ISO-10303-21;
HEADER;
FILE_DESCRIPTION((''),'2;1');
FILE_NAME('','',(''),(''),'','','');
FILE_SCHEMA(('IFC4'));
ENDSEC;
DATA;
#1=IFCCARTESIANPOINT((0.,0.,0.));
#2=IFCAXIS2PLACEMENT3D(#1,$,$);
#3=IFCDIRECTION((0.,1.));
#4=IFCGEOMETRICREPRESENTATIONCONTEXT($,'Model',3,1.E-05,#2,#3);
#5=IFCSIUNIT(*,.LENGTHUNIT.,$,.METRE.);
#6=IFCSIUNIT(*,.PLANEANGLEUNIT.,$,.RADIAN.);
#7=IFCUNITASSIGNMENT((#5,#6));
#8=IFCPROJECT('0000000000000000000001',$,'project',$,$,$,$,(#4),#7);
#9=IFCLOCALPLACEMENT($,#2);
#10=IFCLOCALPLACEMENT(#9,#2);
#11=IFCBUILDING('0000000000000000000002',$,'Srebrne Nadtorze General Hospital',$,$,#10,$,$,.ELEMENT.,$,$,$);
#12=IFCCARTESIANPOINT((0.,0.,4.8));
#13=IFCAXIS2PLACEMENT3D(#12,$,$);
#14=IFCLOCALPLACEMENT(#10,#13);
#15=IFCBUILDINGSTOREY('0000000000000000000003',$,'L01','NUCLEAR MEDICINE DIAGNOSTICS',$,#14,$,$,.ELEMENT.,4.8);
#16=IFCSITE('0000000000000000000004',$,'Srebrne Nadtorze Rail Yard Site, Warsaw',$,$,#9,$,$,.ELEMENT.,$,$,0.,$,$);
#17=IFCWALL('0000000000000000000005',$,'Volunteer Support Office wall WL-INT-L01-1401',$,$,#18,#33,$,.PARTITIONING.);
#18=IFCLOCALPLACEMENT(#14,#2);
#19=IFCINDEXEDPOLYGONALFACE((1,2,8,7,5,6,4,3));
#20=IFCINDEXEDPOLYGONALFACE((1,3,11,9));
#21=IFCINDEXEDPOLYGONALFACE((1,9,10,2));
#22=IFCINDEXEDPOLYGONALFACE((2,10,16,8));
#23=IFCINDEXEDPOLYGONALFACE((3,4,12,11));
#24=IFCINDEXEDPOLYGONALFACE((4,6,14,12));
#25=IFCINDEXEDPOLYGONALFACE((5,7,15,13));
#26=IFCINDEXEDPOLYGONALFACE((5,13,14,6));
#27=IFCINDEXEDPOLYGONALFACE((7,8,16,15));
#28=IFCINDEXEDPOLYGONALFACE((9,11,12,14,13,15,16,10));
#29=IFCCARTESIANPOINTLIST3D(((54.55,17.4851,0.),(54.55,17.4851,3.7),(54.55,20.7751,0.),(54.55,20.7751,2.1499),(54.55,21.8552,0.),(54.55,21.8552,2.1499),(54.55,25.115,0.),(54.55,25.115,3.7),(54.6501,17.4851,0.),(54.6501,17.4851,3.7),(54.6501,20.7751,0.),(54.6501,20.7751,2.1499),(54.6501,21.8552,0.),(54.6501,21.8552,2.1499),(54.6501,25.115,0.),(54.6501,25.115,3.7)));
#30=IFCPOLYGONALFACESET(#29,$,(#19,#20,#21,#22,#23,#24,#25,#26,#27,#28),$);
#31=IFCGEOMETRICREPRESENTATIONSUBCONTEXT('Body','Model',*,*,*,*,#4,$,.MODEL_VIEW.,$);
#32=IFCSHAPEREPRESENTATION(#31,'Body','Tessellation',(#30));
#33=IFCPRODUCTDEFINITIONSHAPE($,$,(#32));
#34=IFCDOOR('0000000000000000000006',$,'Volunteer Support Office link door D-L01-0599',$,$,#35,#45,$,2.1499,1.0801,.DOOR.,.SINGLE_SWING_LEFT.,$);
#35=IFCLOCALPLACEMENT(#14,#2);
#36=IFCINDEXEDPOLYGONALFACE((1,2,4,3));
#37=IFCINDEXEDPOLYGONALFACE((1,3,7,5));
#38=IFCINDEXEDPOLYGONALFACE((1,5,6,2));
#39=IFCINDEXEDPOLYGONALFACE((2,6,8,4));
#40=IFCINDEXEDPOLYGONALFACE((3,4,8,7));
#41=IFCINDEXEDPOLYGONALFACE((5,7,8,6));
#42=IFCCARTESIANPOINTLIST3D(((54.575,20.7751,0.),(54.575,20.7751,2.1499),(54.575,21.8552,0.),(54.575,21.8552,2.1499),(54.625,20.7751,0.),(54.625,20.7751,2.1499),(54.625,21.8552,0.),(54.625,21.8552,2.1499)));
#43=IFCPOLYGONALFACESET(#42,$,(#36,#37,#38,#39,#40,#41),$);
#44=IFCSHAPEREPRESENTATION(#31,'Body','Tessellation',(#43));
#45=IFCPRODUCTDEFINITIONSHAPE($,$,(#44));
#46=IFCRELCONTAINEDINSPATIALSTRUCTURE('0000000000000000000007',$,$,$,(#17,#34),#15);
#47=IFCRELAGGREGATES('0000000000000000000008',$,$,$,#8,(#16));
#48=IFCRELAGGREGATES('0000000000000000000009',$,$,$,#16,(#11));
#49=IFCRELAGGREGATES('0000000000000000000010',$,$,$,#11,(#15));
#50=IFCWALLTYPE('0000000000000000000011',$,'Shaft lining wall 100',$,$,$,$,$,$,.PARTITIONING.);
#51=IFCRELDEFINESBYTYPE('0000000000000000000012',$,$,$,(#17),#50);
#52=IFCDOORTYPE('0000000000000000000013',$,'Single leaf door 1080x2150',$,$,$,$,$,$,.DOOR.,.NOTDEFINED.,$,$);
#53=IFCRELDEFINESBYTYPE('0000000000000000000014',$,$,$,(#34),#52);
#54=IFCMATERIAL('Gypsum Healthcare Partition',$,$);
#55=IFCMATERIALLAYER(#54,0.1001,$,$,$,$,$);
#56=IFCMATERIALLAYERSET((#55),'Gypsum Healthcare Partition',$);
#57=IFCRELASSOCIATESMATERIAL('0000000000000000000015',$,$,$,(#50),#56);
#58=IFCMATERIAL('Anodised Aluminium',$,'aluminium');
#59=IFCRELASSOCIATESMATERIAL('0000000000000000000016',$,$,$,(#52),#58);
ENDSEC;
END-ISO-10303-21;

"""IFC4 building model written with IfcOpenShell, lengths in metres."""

from ifc_helpers import new_model, si_unit, direction, frame, frame_2d, origin, place, context, subcontext, project, spatial, rectangle, extrude, material, layer, layer_set, type_object, element, fill, save


model = new_model("IFC4")

# Units and contexts
model_context = context("Model", 3, precision=1e-05, world=origin(), true_north=direction((0.0, 1.0)))
body_context = subcontext(model_context, "Body", "Model", "MODEL_VIEW")
ifc_project = project(units=[si_unit("LENGTHUNIT", "METRE"), si_unit("PLANEANGLEUNIT", "RADIAN")], contexts=[model_context])

# Site, building, storey
site_placement = place(None, origin())
site = spatial("IfcSite", under=ifc_project, at=site_placement, Name="Srebrne Nadtorze Rail Yard Site, Warsaw", CompositionType="ELEMENT", RefElevation=0.0)
building_placement = place(site_placement, origin())
building = spatial("IfcBuilding", under=site, at=building_placement, Name="Srebrne Nadtorze General Hospital", CompositionType="ELEMENT")
storey_placement = place(building_placement, frame((0.0, 0.0, 4.8)))
storey = spatial("IfcBuildingStorey", under=building, at=storey_placement, Name="L01", Description="NUCLEAR MEDICINE DIAGNOSTICS", CompositionType="ELEMENT", Elevation=4.8)

# Shared definitions
ifc_material_1 = material(Name="Gypsum Healthcare Partition")
ifc_layer_1 = layer(ifc_material_1, 0.1001)
ifc_layer_set_1 = layer_set([ifc_layer_1], Name="Gypsum Healthcare Partition")
wall_type = type_object("IfcWallType", Name="Shaft lining wall 100", PredefinedType="PARTITIONING", material=ifc_layer_set_1)

# Wall, opening, door
wall_1_placement = place(storey_placement, frame((54.6001, 17.4851, 0.0), z_axis=(0.0, 0.0, 1.0), x_axis=(0.0, 1.0, 0.0)))
wall_1 = element("IfcWall", 1, at=wall_1_placement, inside=storey, type_object=wall_type, Name="Volunteer Support Office wall WL-INT-L01-1401", PredefinedType="PARTITIONING", context=body_context, shape_type="SweptSolid", body=[
    extrude(rectangle(XDim=7.6299, YDim=0.1001, at=frame_2d((3.8149, 0.0))), origin(), (0.0, 0.0, 1.0), 3.7),
])
opening_placement = place(wall_1_placement, frame((3.29, 0.0, 0.0)))
opening = element("IfcOpeningElement", 2, at=opening_placement, cuts=wall_1, PredefinedType="OPENING", context=body_context, shape_type="SweptSolid", body=[
    extrude(rectangle(XDim=1.0801, YDim=2.1499, at=frame_2d((0.54, 1.075))), frame((0.0, 0.062, 0.0), z_axis=(0.0, -1.0, 0.0), x_axis=(1.0, 0.0, 0.0)), (0.0, 0.0, 1.0), 0.124),
])
ifc_material_2 = material(Name="Anodised Aluminium", Category="aluminium")
door_type = type_object("IfcDoorType", Name="Single leaf door 1080x2150", OperationType="NOTDEFINED", PredefinedType="DOOR", material=ifc_material_2)
door_placement = place(opening_placement, frame((1.0801, 0.0, 0.0), z_axis=(0.0, 0.0, 1.0), x_axis=(-1.0, 0.0, 0.0)))
door = element("IfcDoor", 3, at=door_placement, inside=storey, type_object=door_type, Name="Volunteer Support Office link door D-L01-0599", OperationType="SINGLE_SWING_LEFT", OverallHeight=2.1499, OverallWidth=1.0801, PredefinedType="DOOR", context=body_context, shape_type="SweptSolid", body=[
    extrude(rectangle(XDim=1.0801, YDim=2.1499, at=frame_2d((0.54, 1.075))), frame((0.0, 0.0249, 0.0), z_axis=(0.0, -1.0, 0.0), x_axis=(1.0, 0.0, 0.0)), (0.0, 0.0, 1.0), 0.05),
])
fill(opening, door)

save(model, "model.ifc")
